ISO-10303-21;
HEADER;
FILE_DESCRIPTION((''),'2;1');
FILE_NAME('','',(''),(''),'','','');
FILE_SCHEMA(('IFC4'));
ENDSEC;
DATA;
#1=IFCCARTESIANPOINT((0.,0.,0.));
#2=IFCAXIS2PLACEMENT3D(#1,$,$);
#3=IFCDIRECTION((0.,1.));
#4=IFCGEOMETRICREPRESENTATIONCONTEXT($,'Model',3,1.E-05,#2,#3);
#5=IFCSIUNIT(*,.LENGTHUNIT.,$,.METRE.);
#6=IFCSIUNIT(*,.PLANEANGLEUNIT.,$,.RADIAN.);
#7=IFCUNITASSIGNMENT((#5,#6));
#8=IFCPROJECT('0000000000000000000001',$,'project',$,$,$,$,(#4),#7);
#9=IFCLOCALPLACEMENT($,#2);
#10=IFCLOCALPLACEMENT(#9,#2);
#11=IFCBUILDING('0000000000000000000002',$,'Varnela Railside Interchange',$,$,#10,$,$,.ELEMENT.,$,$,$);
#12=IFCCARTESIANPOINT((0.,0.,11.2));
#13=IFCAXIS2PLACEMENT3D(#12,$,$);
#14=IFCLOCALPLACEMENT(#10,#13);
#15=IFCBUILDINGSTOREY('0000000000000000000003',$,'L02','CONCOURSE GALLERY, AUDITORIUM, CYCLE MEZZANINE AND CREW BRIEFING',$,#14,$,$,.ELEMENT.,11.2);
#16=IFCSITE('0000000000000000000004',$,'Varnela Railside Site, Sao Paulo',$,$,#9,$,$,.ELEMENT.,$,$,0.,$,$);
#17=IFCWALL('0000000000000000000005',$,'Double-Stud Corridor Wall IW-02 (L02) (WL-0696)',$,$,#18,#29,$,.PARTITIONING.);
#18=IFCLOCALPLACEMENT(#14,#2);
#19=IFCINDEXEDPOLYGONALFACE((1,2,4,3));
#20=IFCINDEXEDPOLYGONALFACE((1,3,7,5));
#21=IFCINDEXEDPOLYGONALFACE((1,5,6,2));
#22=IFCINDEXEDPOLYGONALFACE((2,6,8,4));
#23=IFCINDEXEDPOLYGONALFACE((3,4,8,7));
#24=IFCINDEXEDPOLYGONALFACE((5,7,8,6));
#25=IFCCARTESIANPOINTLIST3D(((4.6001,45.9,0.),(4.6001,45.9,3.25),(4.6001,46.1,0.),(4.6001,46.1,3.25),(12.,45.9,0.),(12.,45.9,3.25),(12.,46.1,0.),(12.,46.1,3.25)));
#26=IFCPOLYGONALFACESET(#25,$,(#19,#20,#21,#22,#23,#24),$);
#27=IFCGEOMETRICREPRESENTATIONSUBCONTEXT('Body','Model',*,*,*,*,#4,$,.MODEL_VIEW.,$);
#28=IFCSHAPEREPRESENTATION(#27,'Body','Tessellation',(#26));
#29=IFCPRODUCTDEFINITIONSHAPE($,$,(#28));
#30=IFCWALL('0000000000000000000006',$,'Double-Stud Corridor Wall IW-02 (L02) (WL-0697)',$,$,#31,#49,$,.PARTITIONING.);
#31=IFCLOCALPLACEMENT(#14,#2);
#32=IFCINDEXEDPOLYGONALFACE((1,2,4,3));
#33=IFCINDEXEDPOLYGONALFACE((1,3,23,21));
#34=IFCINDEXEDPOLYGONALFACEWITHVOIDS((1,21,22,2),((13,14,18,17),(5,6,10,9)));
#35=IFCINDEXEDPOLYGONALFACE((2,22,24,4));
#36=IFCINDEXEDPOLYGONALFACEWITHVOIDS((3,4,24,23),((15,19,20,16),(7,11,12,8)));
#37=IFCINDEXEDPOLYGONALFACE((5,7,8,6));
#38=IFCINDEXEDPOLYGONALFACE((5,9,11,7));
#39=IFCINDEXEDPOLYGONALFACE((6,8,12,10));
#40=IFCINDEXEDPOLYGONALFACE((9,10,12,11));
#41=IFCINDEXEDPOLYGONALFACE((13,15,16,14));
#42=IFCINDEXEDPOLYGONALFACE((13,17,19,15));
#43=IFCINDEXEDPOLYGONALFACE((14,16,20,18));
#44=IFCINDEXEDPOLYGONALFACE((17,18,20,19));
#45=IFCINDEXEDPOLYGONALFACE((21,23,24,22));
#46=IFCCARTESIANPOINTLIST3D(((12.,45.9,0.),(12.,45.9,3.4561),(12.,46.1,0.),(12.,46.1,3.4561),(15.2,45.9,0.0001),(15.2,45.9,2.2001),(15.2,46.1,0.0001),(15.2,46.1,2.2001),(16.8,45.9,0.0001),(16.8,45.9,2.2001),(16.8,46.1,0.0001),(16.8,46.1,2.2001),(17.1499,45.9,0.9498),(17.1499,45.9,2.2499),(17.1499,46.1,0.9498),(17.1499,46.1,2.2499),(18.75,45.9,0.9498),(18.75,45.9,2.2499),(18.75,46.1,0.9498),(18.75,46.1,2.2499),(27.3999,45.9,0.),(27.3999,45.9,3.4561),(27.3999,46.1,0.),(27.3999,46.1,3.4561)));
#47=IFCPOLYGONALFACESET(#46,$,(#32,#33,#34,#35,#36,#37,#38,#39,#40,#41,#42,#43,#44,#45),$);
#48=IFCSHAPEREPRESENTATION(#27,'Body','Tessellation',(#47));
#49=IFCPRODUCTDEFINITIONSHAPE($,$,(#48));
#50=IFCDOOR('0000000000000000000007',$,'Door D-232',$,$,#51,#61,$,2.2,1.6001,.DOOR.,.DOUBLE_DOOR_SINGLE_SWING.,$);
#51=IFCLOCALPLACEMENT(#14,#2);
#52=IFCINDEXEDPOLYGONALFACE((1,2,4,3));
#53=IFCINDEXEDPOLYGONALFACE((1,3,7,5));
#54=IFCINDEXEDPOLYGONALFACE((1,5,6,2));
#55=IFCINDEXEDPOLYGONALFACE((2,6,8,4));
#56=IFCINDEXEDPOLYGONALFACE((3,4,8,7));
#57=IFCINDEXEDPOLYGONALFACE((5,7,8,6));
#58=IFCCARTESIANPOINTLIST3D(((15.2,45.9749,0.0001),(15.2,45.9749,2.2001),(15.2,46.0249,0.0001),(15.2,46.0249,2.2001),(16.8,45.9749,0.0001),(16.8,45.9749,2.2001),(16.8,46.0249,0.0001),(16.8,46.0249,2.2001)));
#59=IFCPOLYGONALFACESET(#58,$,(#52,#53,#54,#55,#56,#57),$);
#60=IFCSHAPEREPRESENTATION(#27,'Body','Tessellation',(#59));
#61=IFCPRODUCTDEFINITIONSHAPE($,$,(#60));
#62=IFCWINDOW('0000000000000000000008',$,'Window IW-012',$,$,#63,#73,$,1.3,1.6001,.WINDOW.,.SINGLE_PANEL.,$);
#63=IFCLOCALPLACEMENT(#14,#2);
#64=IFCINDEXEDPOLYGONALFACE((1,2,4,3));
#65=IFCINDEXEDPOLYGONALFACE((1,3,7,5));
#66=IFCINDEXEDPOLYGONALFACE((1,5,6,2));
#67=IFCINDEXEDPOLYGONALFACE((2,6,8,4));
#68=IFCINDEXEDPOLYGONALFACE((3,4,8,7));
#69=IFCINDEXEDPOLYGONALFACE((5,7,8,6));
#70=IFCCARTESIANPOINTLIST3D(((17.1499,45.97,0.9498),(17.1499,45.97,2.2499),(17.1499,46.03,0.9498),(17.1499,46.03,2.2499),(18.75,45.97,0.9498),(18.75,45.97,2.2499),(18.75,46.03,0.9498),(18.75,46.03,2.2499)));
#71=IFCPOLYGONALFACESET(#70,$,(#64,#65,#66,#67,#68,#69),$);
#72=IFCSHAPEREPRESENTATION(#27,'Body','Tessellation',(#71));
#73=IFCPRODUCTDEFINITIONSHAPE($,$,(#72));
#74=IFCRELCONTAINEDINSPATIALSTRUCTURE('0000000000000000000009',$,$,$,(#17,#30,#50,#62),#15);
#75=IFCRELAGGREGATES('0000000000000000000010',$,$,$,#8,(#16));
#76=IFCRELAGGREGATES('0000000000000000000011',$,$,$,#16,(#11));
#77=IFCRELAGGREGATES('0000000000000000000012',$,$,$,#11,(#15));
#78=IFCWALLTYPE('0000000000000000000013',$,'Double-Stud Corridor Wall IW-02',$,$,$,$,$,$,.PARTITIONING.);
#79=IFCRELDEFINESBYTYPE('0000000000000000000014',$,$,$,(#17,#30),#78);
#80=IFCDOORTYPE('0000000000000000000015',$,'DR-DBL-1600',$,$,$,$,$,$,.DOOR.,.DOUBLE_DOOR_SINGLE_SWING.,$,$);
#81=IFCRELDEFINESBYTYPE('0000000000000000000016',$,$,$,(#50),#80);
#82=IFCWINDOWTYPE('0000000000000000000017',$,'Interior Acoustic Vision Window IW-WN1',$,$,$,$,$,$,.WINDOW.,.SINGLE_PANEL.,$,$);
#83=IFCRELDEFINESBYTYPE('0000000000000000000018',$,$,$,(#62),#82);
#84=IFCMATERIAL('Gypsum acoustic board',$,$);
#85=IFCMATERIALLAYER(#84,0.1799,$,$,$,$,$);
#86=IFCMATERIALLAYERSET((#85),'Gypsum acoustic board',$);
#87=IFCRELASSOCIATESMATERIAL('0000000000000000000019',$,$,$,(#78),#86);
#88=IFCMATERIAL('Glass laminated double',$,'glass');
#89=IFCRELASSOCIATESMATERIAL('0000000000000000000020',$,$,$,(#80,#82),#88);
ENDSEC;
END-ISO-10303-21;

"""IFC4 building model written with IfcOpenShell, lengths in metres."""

from ifc_helpers import new_model, si_unit, direction, frame, frame_2d, origin, place, context, subcontext, project, spatial, rectangle, extrude, material, layer, layer_set, type_object, element, fill, save


model = new_model("IFC4")

# Units and contexts
model_context = context("Model", 3, precision=1e-05, world=origin(), true_north=direction((0.0, 1.0)))
body_context = subcontext(model_context, "Body", "Model", "MODEL_VIEW")
ifc_project = project(units=[si_unit("LENGTHUNIT", "METRE"), si_unit("PLANEANGLEUNIT", "RADIAN")], contexts=[model_context])

# Site, building, storey
site_placement = place(None, origin())
site = spatial("IfcSite", under=ifc_project, at=site_placement, Name="Varnela Railside Site, Sao Paulo", CompositionType="ELEMENT", RefElevation=0.0)
building_placement = place(site_placement, origin())
building = spatial("IfcBuilding", under=site, at=building_placement, Name="Varnela Railside Interchange", CompositionType="ELEMENT")
storey_placement = place(building_placement, frame((0.0, 0.0, 11.2)))
storey = spatial("IfcBuildingStorey", under=building, at=storey_placement, Name="L02", Description="CONCOURSE GALLERY, AUDITORIUM, CYCLE MEZZANINE AND CREW BRIEFING", CompositionType="ELEMENT", Elevation=11.2)

# Shared definitions
ifc_material_1 = material(Name="Glass laminated double", Category="glass")

# Wall
ifc_material_2 = material(Name="Gypsum acoustic board")
ifc_layer_1 = layer(ifc_material_2, 0.1799)
ifc_layer_set_1 = layer_set([ifc_layer_1], Name="Gypsum acoustic board")
wall_type = type_object("IfcWallType", Name="Double-Stud Corridor Wall IW-02", PredefinedType="PARTITIONING", material=ifc_layer_set_1)
wall_1_placement = place(storey_placement, frame((4.6001, 46.0, 0.0), z_axis=(0.0, 0.0, 1.0), x_axis=(1.0, 0.0, 0.0)))
element("IfcWall", 1, at=wall_1_placement, inside=storey, type_object=wall_type, Name="Double-Stud Corridor Wall IW-02 (L02) (WL-0696)", PredefinedType="PARTITIONING", context=body_context, shape_type="SweptSolid", body=[
    extrude(rectangle(XDim=7.3999, YDim=0.2, at=frame_2d((3.7, 0.0))), origin(), (0.0, 0.0, 1.0), 3.25),
])

# Wall, openings, door, window
wall_2_placement = place(storey_placement, frame((12.0, 46.0, 0.0), z_axis=(0.0, 0.0, 1.0), x_axis=(1.0, 0.0, 0.0)))
wall_2 = element("IfcWall", 2, at=wall_2_placement, inside=storey, type_object=wall_type, Name="Double-Stud Corridor Wall IW-02 (L02) (WL-0697)", PredefinedType="PARTITIONING", context=body_context, shape_type="SweptSolid", body=[
    extrude(rectangle(XDim=15.3999, YDim=0.2, at=frame_2d((7.7, 0.0))), origin(), (0.0, 0.0, 1.0), 3.4561),
])
opening_1_placement = place(wall_2_placement, frame((3.2, 0.0, 0.0)))
opening_1 = element("IfcOpeningElement", 3, at=opening_1_placement, cuts=wall_2, PredefinedType="OPENING", context=body_context, shape_type="SweptSolid", body=[
    extrude(rectangle(XDim=1.6001, YDim=2.2, at=frame_2d((0.8, 1.1001))), frame((0.0, 0.1099, 0.0), z_axis=(0.0, -1.0, 0.0), x_axis=(1.0, 0.0, 0.0)), (0.0, 0.0, 1.0), 0.22),
])
opening_2_placement = place(wall_2_placement, frame((5.1499, 0.0, 0.95)))
opening_2 = element("IfcOpeningElement", 4, at=opening_2_placement, cuts=wall_2, PredefinedType="OPENING", context=body_context, shape_type="SweptSolid", body=[
    extrude(rectangle(XDim=1.6001, YDim=1.3, at=frame_2d((0.8, 0.6499))), frame((0.0, 0.1099, 0.0), z_axis=(0.0, -1.0, 0.0), x_axis=(1.0, 0.0, 0.0)), (0.0, 0.0, 1.0), 0.22),
])
door_type = type_object("IfcDoorType", Name="DR-DBL-1600", OperationType="DOUBLE_DOOR_SINGLE_SWING", PredefinedType="DOOR", material=ifc_material_1)
door_placement = place(opening_1_placement, origin())
door = element("IfcDoor", 5, at=door_placement, inside=storey, type_object=door_type, Name="Door D-232", OperationType="DOUBLE_DOOR_SINGLE_SWING", OverallHeight=2.2, OverallWidth=1.6001, PredefinedType="DOOR", context=body_context, shape_type="SweptSolid", body=[
    extrude(rectangle(XDim=1.6001, YDim=2.2, at=frame_2d((0.8, 1.1001))), frame((0.0, 0.0249, 0.0), z_axis=(0.0, -1.0, 0.0), x_axis=(1.0, 0.0, 0.0)), (0.0, 0.0, 1.0), 0.05),
])
fill(opening_1, door)
window_type = type_object("IfcWindowType", Name="Interior Acoustic Vision Window IW-WN1", PartitioningType="SINGLE_PANEL", PredefinedType="WINDOW", material=ifc_material_1)
window_placement = place(opening_2_placement, origin())
window = element("IfcWindow", 6, at=window_placement, inside=storey, type_object=window_type, Name="Window IW-012", OverallHeight=1.3, OverallWidth=1.6001, PartitioningType="SINGLE_PANEL", PredefinedType="WINDOW", context=body_context, shape_type="SweptSolid", body=[
    extrude(rectangle(XDim=1.6001, YDim=1.3, at=frame_2d((0.8, 0.6499))), frame((0.0, 0.03, 0.0), z_axis=(0.0, -1.0, 0.0), x_axis=(1.0, 0.0, 0.0)), (0.0, 0.0, 1.0), 0.0601),
])
fill(opening_2, window)

save(model, "model.ifc")
